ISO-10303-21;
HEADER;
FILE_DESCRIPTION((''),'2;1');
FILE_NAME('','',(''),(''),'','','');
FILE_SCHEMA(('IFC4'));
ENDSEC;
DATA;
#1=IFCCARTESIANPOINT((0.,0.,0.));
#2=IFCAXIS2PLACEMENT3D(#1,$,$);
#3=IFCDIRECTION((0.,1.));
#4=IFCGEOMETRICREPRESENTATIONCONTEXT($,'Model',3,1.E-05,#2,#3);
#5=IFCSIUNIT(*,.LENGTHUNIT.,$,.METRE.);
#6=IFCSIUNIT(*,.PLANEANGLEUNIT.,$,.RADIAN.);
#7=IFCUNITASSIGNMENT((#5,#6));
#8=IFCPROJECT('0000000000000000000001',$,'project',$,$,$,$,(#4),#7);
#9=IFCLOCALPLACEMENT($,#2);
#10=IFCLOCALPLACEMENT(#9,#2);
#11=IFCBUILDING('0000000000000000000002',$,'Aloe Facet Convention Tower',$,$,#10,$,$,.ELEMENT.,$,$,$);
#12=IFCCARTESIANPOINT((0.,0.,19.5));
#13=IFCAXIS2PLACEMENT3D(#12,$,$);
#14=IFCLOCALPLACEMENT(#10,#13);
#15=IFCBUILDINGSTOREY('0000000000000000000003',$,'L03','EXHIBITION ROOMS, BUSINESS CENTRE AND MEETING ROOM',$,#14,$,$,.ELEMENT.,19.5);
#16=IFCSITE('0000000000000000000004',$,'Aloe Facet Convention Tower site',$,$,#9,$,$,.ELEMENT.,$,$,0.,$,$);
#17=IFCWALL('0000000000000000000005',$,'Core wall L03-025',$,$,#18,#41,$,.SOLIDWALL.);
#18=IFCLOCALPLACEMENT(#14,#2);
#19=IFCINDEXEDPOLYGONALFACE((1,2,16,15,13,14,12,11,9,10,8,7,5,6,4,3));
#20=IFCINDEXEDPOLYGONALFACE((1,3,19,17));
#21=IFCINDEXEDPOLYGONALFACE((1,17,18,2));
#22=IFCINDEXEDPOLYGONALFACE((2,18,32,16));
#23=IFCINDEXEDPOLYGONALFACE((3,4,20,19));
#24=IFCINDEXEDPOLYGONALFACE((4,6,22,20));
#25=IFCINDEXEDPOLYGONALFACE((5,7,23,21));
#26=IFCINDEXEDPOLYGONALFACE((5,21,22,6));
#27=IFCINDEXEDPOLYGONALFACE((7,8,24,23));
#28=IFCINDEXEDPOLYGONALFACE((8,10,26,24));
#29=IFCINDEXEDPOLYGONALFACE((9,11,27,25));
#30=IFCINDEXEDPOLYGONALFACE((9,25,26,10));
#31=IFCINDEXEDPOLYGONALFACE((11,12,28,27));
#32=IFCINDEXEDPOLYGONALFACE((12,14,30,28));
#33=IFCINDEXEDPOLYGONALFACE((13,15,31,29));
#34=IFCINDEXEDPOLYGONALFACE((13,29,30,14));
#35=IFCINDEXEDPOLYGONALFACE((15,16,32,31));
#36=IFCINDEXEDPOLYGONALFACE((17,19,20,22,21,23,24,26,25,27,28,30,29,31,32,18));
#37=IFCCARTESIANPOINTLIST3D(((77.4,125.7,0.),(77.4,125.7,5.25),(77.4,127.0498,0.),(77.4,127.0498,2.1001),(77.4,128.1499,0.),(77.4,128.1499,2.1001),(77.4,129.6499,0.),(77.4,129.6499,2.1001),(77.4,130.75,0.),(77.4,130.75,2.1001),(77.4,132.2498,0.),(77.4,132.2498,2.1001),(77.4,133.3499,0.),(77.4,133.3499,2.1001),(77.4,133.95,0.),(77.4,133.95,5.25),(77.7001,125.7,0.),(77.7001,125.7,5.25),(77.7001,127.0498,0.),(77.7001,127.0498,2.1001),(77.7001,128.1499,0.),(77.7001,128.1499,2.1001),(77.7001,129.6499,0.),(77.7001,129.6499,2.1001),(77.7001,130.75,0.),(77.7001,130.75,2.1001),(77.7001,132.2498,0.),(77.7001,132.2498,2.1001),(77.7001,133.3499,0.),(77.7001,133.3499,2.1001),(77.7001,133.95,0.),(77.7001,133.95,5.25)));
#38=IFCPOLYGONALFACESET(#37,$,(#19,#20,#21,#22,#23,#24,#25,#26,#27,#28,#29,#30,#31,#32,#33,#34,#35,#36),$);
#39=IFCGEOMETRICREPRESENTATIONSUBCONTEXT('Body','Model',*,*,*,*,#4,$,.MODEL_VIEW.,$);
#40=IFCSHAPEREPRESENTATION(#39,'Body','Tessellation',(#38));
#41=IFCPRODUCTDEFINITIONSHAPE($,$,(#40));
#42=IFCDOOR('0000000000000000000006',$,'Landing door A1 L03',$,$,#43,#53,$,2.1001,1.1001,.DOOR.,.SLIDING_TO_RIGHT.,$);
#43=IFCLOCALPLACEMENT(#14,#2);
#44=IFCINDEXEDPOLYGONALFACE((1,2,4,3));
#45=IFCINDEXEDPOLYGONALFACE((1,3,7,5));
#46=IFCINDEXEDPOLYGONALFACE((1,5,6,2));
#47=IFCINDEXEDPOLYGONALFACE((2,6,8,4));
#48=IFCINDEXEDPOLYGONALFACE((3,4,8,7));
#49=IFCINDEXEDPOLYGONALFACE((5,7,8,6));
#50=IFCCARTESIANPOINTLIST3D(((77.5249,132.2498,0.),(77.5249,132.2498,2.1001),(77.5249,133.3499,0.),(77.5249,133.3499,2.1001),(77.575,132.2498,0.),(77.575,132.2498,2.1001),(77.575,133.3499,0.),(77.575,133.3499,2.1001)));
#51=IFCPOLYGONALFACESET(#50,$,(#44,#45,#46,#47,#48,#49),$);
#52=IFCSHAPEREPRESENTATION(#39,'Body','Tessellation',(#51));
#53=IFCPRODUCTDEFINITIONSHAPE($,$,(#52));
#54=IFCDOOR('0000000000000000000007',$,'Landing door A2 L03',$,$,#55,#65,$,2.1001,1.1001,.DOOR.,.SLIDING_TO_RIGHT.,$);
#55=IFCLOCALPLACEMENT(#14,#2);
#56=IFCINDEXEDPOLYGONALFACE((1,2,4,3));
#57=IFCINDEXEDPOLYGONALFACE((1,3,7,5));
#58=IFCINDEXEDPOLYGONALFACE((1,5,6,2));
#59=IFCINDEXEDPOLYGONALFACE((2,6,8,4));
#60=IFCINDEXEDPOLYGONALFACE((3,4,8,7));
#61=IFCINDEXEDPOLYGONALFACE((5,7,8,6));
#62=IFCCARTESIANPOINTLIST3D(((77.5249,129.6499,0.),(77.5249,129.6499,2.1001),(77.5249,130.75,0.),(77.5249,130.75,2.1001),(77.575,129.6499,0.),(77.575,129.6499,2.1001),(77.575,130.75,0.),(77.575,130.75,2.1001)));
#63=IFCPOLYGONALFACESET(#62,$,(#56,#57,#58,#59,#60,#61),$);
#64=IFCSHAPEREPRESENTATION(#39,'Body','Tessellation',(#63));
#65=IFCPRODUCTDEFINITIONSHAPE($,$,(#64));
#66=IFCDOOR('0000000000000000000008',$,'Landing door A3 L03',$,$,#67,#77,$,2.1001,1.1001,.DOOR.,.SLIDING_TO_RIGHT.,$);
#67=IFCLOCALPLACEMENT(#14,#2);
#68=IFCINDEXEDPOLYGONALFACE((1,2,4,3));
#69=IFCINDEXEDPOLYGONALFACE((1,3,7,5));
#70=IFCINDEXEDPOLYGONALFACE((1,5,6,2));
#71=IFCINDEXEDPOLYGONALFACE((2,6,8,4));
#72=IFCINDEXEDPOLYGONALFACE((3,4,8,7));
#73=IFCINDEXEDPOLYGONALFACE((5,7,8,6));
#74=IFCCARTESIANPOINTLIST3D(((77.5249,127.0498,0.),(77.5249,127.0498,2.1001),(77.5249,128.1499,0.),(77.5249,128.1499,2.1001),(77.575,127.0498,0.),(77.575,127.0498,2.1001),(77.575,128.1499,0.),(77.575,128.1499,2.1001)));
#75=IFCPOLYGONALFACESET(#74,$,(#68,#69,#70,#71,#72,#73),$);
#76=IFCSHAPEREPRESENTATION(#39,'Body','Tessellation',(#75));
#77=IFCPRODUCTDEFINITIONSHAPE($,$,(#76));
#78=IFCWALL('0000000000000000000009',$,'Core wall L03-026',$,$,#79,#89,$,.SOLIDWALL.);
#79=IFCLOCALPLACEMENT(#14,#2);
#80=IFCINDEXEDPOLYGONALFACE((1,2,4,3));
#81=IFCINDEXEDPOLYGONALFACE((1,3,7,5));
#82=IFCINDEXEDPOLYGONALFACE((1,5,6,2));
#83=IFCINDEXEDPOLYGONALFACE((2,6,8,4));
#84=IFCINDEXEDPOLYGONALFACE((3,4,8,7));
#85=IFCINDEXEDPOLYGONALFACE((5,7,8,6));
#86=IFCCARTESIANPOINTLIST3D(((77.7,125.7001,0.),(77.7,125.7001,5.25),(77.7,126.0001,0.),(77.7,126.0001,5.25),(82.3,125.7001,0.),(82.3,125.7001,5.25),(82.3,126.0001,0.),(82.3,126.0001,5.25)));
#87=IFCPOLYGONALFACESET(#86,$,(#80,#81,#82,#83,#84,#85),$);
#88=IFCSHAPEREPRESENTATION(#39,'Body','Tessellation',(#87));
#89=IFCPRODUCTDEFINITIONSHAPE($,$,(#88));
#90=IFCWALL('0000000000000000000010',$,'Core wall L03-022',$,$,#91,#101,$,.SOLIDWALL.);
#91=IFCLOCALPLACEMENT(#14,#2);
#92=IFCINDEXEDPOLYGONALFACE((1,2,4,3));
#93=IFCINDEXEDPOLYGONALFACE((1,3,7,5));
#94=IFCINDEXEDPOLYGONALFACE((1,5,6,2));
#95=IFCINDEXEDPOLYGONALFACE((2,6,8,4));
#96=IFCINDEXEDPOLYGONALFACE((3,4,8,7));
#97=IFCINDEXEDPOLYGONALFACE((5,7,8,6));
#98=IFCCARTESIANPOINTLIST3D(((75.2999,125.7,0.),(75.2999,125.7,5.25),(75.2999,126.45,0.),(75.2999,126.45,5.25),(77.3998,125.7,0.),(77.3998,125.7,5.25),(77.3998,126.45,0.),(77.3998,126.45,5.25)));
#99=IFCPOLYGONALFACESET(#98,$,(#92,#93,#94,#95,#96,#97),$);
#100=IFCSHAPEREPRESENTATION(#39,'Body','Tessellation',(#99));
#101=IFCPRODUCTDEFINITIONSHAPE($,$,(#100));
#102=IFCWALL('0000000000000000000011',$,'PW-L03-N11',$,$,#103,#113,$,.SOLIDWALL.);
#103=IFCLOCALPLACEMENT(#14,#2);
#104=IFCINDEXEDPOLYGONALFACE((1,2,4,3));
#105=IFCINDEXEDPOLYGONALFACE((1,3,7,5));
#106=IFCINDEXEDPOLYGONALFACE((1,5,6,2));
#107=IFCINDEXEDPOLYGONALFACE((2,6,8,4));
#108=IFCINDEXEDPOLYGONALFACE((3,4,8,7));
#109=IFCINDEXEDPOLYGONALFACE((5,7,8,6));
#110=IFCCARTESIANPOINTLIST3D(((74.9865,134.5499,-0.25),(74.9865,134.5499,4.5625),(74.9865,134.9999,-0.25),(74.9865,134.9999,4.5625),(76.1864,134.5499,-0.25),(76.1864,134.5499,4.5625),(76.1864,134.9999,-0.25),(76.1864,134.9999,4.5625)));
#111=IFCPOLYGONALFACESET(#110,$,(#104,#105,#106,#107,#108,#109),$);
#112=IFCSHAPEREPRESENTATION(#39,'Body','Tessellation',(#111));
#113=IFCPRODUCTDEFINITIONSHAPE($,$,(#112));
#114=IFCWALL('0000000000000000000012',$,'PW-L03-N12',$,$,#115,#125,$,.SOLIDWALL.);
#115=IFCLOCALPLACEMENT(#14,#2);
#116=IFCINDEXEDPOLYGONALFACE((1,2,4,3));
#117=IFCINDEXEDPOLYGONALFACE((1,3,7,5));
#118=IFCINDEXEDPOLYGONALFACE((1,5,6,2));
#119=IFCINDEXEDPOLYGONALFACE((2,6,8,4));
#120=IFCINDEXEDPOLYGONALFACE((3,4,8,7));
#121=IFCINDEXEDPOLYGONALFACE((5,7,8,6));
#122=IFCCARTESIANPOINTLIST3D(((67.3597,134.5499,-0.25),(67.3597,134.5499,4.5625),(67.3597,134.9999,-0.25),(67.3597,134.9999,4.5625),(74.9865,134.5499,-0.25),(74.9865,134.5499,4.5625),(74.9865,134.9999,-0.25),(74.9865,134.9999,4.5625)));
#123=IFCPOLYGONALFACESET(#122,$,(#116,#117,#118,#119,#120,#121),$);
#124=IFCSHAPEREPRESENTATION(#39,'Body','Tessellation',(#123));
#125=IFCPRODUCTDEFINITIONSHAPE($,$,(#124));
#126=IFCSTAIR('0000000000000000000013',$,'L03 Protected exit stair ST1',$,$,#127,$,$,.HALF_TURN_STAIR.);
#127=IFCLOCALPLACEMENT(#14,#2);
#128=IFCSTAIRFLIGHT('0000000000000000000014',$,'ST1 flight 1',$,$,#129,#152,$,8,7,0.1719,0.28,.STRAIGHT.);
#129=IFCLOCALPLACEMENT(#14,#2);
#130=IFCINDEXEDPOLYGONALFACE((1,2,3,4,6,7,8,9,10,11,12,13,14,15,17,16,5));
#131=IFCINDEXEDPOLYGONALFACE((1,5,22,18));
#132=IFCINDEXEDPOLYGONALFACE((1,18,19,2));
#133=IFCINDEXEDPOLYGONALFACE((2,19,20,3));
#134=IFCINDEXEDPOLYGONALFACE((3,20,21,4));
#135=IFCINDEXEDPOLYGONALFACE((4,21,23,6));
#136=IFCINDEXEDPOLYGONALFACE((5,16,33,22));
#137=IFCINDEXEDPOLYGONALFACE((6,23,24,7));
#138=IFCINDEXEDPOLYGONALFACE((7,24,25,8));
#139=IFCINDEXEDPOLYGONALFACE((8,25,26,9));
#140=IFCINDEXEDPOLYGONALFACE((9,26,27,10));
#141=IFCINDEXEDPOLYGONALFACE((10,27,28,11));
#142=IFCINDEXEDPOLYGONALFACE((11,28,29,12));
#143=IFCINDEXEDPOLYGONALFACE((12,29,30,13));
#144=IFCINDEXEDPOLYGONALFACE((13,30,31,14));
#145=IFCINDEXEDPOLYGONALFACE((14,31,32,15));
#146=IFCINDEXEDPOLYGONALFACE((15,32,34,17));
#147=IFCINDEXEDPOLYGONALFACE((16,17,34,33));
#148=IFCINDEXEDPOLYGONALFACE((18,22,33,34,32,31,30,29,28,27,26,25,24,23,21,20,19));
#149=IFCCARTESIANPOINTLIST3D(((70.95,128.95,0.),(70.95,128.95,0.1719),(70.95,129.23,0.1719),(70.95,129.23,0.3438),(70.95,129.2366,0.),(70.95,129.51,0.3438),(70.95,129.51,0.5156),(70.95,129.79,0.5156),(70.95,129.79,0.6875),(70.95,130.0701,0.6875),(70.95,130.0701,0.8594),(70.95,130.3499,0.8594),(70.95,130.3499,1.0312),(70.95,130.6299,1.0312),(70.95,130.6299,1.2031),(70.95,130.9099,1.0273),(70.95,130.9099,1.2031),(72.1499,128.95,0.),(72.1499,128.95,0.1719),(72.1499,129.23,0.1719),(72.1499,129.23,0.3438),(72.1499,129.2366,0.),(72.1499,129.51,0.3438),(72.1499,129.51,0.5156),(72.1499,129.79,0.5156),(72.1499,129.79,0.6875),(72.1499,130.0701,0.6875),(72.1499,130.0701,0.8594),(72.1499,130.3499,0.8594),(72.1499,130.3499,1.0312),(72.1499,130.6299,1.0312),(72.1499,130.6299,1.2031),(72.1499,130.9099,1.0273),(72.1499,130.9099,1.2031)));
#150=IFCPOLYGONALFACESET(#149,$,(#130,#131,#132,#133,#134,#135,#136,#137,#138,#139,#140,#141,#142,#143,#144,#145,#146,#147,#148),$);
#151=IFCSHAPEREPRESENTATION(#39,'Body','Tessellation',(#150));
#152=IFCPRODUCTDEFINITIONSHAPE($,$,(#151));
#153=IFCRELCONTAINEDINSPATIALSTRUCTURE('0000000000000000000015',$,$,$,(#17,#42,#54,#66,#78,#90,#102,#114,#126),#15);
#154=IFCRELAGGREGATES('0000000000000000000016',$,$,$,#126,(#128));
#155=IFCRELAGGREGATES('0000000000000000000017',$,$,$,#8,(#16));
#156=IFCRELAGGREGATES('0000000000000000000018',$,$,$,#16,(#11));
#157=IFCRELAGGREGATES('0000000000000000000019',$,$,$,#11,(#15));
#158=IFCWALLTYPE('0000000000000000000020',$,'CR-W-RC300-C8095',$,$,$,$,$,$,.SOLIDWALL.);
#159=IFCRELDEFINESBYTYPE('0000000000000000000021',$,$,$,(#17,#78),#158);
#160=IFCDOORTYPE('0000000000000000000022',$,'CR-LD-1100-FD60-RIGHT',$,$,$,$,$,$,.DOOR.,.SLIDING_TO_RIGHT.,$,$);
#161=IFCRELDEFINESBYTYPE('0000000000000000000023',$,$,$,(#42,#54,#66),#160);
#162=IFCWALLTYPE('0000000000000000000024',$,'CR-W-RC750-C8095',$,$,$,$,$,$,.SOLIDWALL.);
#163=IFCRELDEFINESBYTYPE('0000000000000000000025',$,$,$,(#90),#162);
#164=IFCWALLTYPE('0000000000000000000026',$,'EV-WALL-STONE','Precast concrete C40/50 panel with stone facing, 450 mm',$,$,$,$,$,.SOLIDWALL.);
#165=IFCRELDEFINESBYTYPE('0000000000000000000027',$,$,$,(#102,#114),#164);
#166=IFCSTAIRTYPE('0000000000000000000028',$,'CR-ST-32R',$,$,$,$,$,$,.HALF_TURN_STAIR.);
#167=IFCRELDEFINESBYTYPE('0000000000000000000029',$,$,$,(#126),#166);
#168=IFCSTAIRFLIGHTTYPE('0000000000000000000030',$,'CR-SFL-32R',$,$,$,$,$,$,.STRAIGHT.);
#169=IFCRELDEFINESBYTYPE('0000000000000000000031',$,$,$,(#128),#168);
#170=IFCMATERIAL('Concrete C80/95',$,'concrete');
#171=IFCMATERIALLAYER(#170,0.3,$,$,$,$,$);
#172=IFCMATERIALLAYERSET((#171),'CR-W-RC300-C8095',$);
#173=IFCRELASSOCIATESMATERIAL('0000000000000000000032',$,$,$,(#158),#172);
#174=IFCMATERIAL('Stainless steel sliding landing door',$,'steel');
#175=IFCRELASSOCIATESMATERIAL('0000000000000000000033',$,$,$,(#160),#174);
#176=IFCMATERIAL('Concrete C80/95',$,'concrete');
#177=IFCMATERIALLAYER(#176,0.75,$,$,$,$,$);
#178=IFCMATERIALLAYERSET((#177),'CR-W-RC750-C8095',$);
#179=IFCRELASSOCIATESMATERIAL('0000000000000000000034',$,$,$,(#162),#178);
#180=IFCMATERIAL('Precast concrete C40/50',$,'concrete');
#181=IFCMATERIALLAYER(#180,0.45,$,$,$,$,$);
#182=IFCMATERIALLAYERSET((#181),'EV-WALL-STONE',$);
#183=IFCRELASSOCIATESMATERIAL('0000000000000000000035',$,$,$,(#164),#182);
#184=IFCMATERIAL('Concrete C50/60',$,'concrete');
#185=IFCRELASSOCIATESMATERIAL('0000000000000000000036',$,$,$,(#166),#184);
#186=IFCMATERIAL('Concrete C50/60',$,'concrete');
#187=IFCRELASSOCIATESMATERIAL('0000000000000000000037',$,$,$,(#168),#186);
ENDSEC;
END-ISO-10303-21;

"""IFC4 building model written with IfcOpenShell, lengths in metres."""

from ifc_helpers import new_model, si_unit, direction, frame, frame_2d, origin, place, context, subcontext, project, spatial, polyline, rectangle, outline, extrude, material, layer, layer_set, type_object, element, fill, aggregate, save


model = new_model("IFC4")

# Units and contexts
model_context = context("Model", 3, precision=1e-05, world=origin(), true_north=direction((0.0, 1.0)))
body_context = subcontext(model_context, "Body", "Model", "MODEL_VIEW")
ifc_project = project(units=[si_unit("LENGTHUNIT", "METRE"), si_unit("PLANEANGLEUNIT", "RADIAN")], contexts=[model_context])

# Site, building, storey
site_placement = place(None, origin())
site = spatial("IfcSite", under=ifc_project, at=site_placement, Name="Aloe Facet Convention Tower site", CompositionType="ELEMENT", RefElevation=0.0)
building_placement = place(site_placement, origin())
building = spatial("IfcBuilding", under=site, at=building_placement, Name="Aloe Facet Convention Tower", CompositionType="ELEMENT")
storey_placement = place(building_placement, frame((0.0, 0.0, 19.5)))
storey = spatial("IfcBuildingStorey", under=building, at=storey_placement, Name="L03", Description="EXHIBITION ROOMS, BUSINESS CENTRE AND MEETING ROOM", CompositionType="ELEMENT", Elevation=19.5)

# Shared definitions
ifc_material_1 = material(Name="Concrete C80/95", Category="concrete")
ifc_layer_1 = layer(ifc_material_1, 0.3)
ifc_layer_set_1 = layer_set([ifc_layer_1], Name="CR-W-RC300-C8095")
wall_type_1 = type_object("IfcWallType", Name="CR-W-RC300-C8095", PredefinedType="SOLIDWALL", material=ifc_layer_set_1)

# Wall, openings, doors
wall_1_placement = place(storey_placement, frame((77.55, 133.95, 0.0), z_axis=(0.0, 0.0, 1.0), x_axis=(0.0, -1.0, 0.0)))
wall_1 = element("IfcWall", 1, at=wall_1_placement, inside=storey, type_object=wall_type_1, Name="Core wall L03-025", PredefinedType="SOLIDWALL", context=body_context, shape_type="SweptSolid", body=[
    extrude(rectangle(XDim=8.25, YDim=0.3, at=frame_2d((4.125, 0.0))), origin(), (0.0, 0.0, 1.0), 5.25),
])
opening_1_placement = place(wall_1_placement, frame((0.6001, 0.0, 0.0)))
opening_1 = element("IfcOpeningElement", 2, at=opening_1_placement, cuts=wall_1, PredefinedType="OPENING", context=body_context, shape_type="SweptSolid", body=[
    extrude(rectangle(XDim=1.1001, YDim=2.1001, at=frame_2d((0.55, 1.05))), frame((0.0, 0.1602, 0.0), z_axis=(0.0, -1.0, 0.0), x_axis=(1.0, 0.0, 0.0)), (0.0, 0.0, 1.0), 0.3201),
])
opening_2_placement = place(wall_1_placement, frame((3.2, 0.0, 0.0)))
opening_2 = element("IfcOpeningElement", 3, at=opening_2_placement, cuts=wall_1, PredefinedType="OPENING", context=body_context, shape_type="SweptSolid", body=[
    extrude(rectangle(XDim=1.1001, YDim=2.1001, at=frame_2d((0.55, 1.05))), frame((0.0, 0.1602, 0.0), z_axis=(0.0, -1.0, 0.0), x_axis=(1.0, 0.0, 0.0)), (0.0, 0.0, 1.0), 0.3201),
])
opening_3_placement = place(wall_1_placement, frame((5.8, 0.0, 0.0)))
opening_3 = element("IfcOpeningElement", 4, at=opening_3_placement, cuts=wall_1, PredefinedType="OPENING", context=body_context, shape_type="SweptSolid", body=[
    extrude(rectangle(XDim=1.1001, YDim=2.1001, at=frame_2d((0.55, 1.05))), frame((0.0, 0.1602, 0.0), z_axis=(0.0, -1.0, 0.0), x_axis=(1.0, 0.0, 0.0)), (0.0, 0.0, 1.0), 0.3201),
])
ifc_material_2 = material(Name="Stainless steel sliding landing door", Category="steel")
door_type_1 = type_object("IfcDoorType", Name="CR-LD-1100-FD60-RIGHT", OperationType="SLIDING_TO_RIGHT", PredefinedType="DOOR", material=ifc_material_2)
door_1_placement = place(opening_1_placement, origin())
door_1 = element("IfcDoor", 5, at=door_1_placement, inside=storey, type_object=door_type_1, Name="Landing door A1 L03", OperationType="SLIDING_TO_RIGHT", OverallHeight=2.1001, OverallWidth=1.1001, PredefinedType="DOOR", context=body_context, shape_type="SweptSolid", body=[
    extrude(rectangle(XDim=1.1001, YDim=2.1001, at=frame_2d((0.55, 1.05))), frame((0.0, 0.0249, 0.0), z_axis=(0.0, -1.0, 0.0), x_axis=(1.0, 0.0, 0.0)), (0.0, 0.0, 1.0), 0.05),
])
fill(opening_1, door_1)
door_2_placement = place(opening_2_placement, origin())
door_2 = element("IfcDoor", 6, at=door_2_placement, inside=storey, type_object=door_type_1, Name="Landing door A2 L03", OperationType="SLIDING_TO_RIGHT", OverallHeight=2.1001, OverallWidth=1.1001, PredefinedType="DOOR", context=body_context, shape_type="SweptSolid", body=[
    extrude(rectangle(XDim=1.1001, YDim=2.1001, at=frame_2d((0.55, 1.05))), frame((0.0, 0.0249, 0.0), z_axis=(0.0, -1.0, 0.0), x_axis=(1.0, 0.0, 0.0)), (0.0, 0.0, 1.0), 0.05),
])
fill(opening_2, door_2)
door_3_placement = place(opening_3_placement, origin())
door_3 = element("IfcDoor", 7, at=door_3_placement, inside=storey, type_object=door_type_1, Name="Landing door A3 L03", OperationType="SLIDING_TO_RIGHT", OverallHeight=2.1001, OverallWidth=1.1001, PredefinedType="DOOR", context=body_context, shape_type="SweptSolid", body=[
    extrude(rectangle(XDim=1.1001, YDim=2.1001, at=frame_2d((0.55, 1.05))), frame((0.0, 0.0249, 0.0), z_axis=(0.0, -1.0, 0.0), x_axis=(1.0, 0.0, 0.0)), (0.0, 0.0, 1.0), 0.05),
])
fill(opening_3, door_3)

# Walls
wall_2_placement = place(storey_placement, frame((77.7, 125.8501, 0.0), z_axis=(0.0, 0.0, 1.0), x_axis=(1.0, 0.0, 0.0)))
element("IfcWall", 8, at=wall_2_placement, inside=storey, type_object=wall_type_1, Name="Core wall L03-026", PredefinedType="SOLIDWALL", context=body_context, shape_type="SweptSolid", body=[
    extrude(rectangle(XDim=4.6001, YDim=0.3, at=frame_2d((2.3, 0.0))), origin(), (0.0, 0.0, 1.0), 5.25),
])
ifc_material_3 = material(Name="Concrete C80/95", Category="concrete")
ifc_layer_2 = layer(ifc_material_3, 0.75)
ifc_layer_set_2 = layer_set([ifc_layer_2], Name="CR-W-RC750-C8095")
wall_type_2 = type_object("IfcWallType", Name="CR-W-RC750-C8095", PredefinedType="SOLIDWALL", material=ifc_layer_set_2)
wall_3_placement = place(storey_placement, frame((75.3, 126.075, 0.0), z_axis=(0.0, 0.0, 1.0), x_axis=(1.0, 0.0, 0.0)))
element("IfcWall", 9, at=wall_3_placement, inside=storey, type_object=wall_type_2, Name="Core wall L03-022", PredefinedType="SOLIDWALL", context=body_context, shape_type="SweptSolid", body=[
    extrude(rectangle(XDim=2.0999, YDim=0.75, at=frame_2d((1.0498, 0.0))), origin(), (0.0, 0.0, 1.0), 5.25),
])
ifc_material_4 = material(Name="Precast concrete C40/50", Category="concrete")
ifc_layer_3 = layer(ifc_material_4, 0.45)
ifc_layer_set_3 = layer_set([ifc_layer_3], Name="EV-WALL-STONE")
wall_type_3 = type_object("IfcWallType", Name="EV-WALL-STONE", Description="Precast concrete C40/50 panel with stone facing, 450 mm", PredefinedType="SOLIDWALL", material=ifc_layer_set_3)
wall_4_placement = place(storey_placement, frame((76.1865, 134.7749, -0.25), z_axis=(0.0, 0.0, 1.0), x_axis=(-1.0, 0.0, 0.0)))
element("IfcWall", 10, at=wall_4_placement, inside=storey, type_object=wall_type_3, Name="PW-L03-N11", PredefinedType="SOLIDWALL", context=body_context, shape_type="SweptSolid", body=[
    extrude(rectangle(XDim=1.2, YDim=0.45, at=frame_2d((0.6001, 0.0))), origin(), (0.0, 0.0, 1.0), 4.8125),
])
wall_5_placement = place(storey_placement, frame((74.9866, 134.7749, -0.25), z_axis=(0.0, 0.0, 1.0), x_axis=(-1.0, 0.0, 0.0)))
element("IfcWall", 11, at=wall_5_placement, inside=storey, type_object=wall_type_3, Name="PW-L03-N12", PredefinedType="SOLIDWALL", context=body_context, shape_type="SweptSolid", body=[
    extrude(rectangle(XDim=7.6267, YDim=0.45, at=frame_2d((3.8135, 0.0))), origin(), (0.0, 0.0, 1.0), 4.8125),
])

# Stair, stair flight
ifc_material_5 = material(Name="Concrete C50/60", Category="concrete")
stair_type = type_object("IfcStairType", Name="CR-ST-32R", PredefinedType="HALF_TURN_STAIR", material=ifc_material_5)
stair_placement = place(storey_placement, origin())
stair = element("IfcStair", 12, at=stair_placement, inside=storey, type_object=stair_type, Name="L03 Protected exit stair ST1", PredefinedType="HALF_TURN_STAIR")
ifc_material_6 = material(Name="Concrete C50/60", Category="concrete")
stair_flight_type = type_object("IfcStairFlightType", Name="CR-SFL-32R", PredefinedType="STRAIGHT", material=ifc_material_6)
stair_flight_1_placement = place(storey_placement, frame((71.55, 128.95, 0.0), z_axis=(0.0, 0.0, 1.0), x_axis=(0.0, 1.0, 0.0)))
stair_flight_1 = element("IfcStairFlight", 13, at=stair_flight_1_placement, type_object=stair_flight_type, Name="ST1 flight 1", NumberOfRisers=8, NumberOfTreads=7, PredefinedType="STRAIGHT", RiserHeight=0.1719, TreadLength=0.28, context=body_context, shape_type="SweptSolid", body=[
    extrude(outline(polyline([(0.0, 0.0), (0.0, 0.1719), (0.28, 0.1719), (0.28, 0.3438), (0.5601, 0.3438), (0.5601, 0.5156), (0.8401, 0.5156), (0.8401, 0.6875), (1.1201, 0.6875), (1.1201, 0.8594), (1.3999, 0.8594), (1.3999, 1.0312), (1.6799, 1.0312), (1.6799, 1.2031), (1.96, 1.2031), (1.96, 1.375), (1.96, 1.0273), (0.2866, 0.0), (0.0, 0.0)])), frame((0.0, 0.6001, 0.0), z_axis=(0.0, -1.0, 0.0), x_axis=(1.0, 0.0, 0.0)), (0.0, 0.0, 1.0), 1.2),
])
aggregate(stair, [stair_flight_1])

save(model, "model.ifc")
